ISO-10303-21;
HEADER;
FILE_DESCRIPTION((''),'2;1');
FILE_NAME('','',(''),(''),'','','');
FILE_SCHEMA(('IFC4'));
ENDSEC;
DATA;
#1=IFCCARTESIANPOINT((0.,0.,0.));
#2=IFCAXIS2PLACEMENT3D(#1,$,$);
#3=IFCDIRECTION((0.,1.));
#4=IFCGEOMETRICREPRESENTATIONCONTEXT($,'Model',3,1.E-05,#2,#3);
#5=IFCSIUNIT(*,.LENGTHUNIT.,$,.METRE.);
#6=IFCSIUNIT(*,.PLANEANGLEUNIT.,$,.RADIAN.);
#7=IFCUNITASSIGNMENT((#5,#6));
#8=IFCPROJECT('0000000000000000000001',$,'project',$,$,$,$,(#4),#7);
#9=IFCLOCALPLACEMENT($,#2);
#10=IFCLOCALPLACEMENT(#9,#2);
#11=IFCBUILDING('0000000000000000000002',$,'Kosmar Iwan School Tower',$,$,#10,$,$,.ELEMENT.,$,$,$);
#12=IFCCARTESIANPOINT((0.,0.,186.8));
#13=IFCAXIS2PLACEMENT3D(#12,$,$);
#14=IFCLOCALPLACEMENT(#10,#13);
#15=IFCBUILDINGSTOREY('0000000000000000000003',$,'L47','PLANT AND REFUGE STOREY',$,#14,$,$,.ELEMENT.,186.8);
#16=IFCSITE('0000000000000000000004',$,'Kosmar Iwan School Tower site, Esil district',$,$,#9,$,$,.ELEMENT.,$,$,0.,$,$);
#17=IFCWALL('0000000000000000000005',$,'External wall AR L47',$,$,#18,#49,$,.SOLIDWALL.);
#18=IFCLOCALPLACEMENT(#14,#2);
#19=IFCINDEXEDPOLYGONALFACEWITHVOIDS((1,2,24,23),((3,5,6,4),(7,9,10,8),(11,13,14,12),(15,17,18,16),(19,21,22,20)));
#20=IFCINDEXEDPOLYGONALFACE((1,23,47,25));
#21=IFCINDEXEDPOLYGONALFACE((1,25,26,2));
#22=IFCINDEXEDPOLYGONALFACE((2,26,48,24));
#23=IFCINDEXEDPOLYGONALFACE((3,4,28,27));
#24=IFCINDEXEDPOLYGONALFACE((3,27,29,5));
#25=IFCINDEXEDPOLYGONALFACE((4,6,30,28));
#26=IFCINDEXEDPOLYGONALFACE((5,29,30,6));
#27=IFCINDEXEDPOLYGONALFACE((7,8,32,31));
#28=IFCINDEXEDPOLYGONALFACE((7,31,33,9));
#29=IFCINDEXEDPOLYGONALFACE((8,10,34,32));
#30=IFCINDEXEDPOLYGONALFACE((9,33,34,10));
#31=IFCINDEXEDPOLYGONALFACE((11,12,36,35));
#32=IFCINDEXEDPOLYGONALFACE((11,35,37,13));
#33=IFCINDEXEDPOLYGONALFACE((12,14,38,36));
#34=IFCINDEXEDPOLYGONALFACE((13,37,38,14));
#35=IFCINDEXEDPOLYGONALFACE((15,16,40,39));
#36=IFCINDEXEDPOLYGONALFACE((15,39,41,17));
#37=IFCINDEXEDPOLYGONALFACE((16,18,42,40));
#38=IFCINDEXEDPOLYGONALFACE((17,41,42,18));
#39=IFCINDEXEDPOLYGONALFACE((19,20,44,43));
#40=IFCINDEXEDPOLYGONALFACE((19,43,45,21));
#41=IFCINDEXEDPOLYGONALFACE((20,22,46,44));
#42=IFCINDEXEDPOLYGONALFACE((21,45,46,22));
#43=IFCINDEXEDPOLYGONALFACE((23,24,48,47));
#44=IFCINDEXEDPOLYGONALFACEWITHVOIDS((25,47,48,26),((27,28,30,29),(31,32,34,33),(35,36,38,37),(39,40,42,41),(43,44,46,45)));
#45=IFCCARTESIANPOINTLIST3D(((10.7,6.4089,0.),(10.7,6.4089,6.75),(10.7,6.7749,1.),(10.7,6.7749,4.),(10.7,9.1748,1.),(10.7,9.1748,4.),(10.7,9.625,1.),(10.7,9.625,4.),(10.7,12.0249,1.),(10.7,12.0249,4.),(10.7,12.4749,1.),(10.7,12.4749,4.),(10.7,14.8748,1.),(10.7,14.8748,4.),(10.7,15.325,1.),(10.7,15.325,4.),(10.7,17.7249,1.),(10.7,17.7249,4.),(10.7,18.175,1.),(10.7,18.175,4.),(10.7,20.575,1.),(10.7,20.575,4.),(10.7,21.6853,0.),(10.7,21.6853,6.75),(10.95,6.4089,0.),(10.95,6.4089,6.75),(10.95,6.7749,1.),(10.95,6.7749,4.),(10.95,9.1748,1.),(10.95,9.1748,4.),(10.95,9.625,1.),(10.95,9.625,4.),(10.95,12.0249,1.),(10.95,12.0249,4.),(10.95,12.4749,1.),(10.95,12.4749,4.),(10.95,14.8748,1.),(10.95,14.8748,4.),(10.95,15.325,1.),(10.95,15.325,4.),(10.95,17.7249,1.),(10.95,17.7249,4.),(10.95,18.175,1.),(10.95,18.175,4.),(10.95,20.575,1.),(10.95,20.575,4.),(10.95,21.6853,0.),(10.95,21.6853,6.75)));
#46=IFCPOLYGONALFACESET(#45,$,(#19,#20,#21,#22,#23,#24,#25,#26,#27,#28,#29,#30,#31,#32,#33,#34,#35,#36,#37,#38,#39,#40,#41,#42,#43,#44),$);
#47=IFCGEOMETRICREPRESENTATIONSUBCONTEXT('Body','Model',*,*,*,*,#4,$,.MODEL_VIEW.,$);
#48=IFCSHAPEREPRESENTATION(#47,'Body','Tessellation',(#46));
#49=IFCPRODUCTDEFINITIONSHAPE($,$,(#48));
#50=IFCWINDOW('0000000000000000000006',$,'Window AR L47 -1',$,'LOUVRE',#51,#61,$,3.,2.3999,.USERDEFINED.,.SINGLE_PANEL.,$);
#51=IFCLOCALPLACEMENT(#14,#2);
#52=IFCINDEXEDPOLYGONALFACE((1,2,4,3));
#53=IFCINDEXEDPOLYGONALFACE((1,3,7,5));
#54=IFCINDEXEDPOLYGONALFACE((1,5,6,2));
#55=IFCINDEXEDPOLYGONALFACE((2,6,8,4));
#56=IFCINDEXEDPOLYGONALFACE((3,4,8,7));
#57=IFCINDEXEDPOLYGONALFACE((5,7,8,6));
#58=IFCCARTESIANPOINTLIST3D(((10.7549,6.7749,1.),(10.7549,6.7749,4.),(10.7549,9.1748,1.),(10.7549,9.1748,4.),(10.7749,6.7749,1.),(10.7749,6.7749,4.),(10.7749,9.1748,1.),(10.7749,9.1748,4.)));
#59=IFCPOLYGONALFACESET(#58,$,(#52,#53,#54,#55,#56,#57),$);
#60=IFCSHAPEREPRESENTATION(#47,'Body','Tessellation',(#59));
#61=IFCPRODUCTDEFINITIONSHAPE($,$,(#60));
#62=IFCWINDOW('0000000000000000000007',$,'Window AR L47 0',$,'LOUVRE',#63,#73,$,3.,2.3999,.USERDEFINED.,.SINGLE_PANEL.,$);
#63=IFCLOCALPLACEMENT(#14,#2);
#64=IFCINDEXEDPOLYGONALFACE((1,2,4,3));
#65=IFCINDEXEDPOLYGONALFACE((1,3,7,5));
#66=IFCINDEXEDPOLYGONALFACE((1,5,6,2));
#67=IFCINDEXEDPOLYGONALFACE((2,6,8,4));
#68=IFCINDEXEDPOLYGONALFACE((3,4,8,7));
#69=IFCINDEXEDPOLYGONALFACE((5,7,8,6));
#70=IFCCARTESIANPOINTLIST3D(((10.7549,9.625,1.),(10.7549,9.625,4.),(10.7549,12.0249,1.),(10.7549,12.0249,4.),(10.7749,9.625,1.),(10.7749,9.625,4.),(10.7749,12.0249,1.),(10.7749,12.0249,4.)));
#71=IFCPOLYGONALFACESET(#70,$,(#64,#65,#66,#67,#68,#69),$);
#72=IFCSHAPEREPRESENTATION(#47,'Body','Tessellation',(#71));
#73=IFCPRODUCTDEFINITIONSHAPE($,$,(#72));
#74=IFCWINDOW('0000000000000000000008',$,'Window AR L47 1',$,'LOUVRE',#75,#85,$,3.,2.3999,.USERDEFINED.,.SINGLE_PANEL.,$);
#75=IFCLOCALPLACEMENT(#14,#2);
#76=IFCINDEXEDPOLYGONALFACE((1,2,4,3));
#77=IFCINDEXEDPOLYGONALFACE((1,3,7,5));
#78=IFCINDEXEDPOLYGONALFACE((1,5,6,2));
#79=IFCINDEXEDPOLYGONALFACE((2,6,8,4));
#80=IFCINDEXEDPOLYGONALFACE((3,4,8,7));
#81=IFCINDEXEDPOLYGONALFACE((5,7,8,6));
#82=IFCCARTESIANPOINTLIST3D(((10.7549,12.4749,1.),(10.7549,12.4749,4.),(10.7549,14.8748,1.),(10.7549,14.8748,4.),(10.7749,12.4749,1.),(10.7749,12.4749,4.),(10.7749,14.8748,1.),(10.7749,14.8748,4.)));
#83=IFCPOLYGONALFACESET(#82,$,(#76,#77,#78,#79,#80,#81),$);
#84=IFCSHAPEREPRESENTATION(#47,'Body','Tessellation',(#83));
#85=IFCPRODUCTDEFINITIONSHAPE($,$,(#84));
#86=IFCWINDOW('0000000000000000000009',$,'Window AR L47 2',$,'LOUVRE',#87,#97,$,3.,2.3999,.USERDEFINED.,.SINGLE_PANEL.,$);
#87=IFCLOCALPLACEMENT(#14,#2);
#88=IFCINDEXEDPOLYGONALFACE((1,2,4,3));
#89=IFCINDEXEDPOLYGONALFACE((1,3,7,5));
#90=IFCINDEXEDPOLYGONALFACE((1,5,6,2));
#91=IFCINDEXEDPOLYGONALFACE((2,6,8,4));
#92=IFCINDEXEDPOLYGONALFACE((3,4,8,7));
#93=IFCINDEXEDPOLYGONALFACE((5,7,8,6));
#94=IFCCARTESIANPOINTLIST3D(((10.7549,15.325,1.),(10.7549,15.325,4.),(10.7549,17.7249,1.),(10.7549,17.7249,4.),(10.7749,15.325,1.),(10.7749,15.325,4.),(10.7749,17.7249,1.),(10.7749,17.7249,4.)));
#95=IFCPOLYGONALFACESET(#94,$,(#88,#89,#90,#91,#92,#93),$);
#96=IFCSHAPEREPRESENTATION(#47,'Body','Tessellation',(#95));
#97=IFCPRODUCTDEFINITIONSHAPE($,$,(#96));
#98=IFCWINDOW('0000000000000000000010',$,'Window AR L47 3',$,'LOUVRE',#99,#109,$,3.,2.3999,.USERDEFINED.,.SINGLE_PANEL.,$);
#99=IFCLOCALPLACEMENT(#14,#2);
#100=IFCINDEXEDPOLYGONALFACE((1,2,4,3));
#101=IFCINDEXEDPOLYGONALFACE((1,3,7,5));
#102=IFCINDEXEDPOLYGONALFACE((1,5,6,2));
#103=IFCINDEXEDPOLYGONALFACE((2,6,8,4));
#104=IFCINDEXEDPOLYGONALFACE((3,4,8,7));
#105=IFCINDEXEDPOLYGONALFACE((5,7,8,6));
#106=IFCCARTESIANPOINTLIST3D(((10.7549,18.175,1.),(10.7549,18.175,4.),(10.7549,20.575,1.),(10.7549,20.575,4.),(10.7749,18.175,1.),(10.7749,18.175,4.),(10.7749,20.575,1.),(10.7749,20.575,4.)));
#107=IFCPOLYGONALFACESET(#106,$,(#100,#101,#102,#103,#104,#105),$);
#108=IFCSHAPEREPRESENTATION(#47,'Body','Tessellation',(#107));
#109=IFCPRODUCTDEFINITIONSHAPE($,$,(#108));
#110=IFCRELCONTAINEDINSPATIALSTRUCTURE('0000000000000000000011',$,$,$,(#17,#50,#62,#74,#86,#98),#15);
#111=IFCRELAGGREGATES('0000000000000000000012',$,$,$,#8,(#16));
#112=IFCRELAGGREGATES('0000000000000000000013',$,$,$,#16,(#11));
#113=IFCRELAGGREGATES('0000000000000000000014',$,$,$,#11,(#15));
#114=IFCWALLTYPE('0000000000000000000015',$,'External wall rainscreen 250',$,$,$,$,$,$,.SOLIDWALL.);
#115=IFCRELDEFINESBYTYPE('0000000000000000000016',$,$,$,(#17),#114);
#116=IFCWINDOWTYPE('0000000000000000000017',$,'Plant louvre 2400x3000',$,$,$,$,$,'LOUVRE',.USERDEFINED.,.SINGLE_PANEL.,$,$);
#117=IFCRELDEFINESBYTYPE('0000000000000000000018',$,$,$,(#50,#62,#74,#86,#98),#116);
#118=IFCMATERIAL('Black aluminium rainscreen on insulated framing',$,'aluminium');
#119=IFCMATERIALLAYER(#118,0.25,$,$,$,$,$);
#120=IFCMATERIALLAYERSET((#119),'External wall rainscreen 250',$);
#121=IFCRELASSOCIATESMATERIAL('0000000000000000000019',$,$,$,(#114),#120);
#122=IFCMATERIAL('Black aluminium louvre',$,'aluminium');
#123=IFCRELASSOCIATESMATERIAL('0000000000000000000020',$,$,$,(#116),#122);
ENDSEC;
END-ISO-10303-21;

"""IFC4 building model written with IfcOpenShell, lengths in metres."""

from ifc_helpers import new_model, si_unit, direction, frame, frame_2d, origin, place, context, subcontext, project, spatial, rectangle, extrude, material, layer, layer_set, type_object, element, fill, save


model = new_model("IFC4")

# Units and contexts
model_context = context("Model", 3, precision=1e-05, world=origin(), true_north=direction((0.0, 1.0)))
body_context = subcontext(model_context, "Body", "Model", "MODEL_VIEW")
ifc_project = project(units=[si_unit("LENGTHUNIT", "METRE"), si_unit("PLANEANGLEUNIT", "RADIAN")], contexts=[model_context])

# Site, building, storey
site_placement = place(None, origin())
site = spatial("IfcSite", under=ifc_project, at=site_placement, Name="Kosmar Iwan School Tower site, Esil district", CompositionType="ELEMENT", RefElevation=0.0)
building_placement = place(site_placement, origin())
building = spatial("IfcBuilding", under=site, at=building_placement, Name="Kosmar Iwan School Tower", CompositionType="ELEMENT")
storey_placement = place(building_placement, frame((0.0, 0.0, 186.8)))
storey = spatial("IfcBuildingStorey", under=building, at=storey_placement, Name="L47", Description="PLANT AND REFUGE STOREY", CompositionType="ELEMENT", Elevation=186.8)

# Wall, openings, windows
ifc_material_1 = material(Name="Black aluminium rainscreen on insulated framing", Category="aluminium")
ifc_layer = layer(ifc_material_1, 0.25)
ifc_layer_set = layer_set([ifc_layer], Name="External wall rainscreen 250")
wall_type = type_object("IfcWallType", Name="External wall rainscreen 250", PredefinedType="SOLIDWALL", material=ifc_layer_set)
ifc_material_2 = material(Name="Black aluminium louvre", Category="aluminium")
window_type = type_object("IfcWindowType", Name="Plant louvre 2400x3000", ElementType="LOUVRE", PartitioningType="SINGLE_PANEL", PredefinedType="USERDEFINED", material=ifc_material_2)
wall_1_placement = place(storey_placement, frame((10.825, 6.4089, 0.0), z_axis=(0.0, 0.0, 1.0), x_axis=(0.0, 1.0, 0.0)))
wall_1 = element("IfcWall", 1, at=wall_1_placement, inside=storey, type_object=wall_type, Name="External wall AR L47", PredefinedType="SOLIDWALL", context=body_context, shape_type="SweptSolid", body=[
    extrude(rectangle(XDim=15.2764, YDim=0.25, at=frame_2d((7.6382, 0.0))), origin(), (0.0, 0.0, 1.0), 6.75),
])
opening_1_placement = place(wall_1_placement, frame((0.366, 0.0, 1.0)))
opening_1 = element("IfcOpeningElement", 2, at=opening_1_placement, cuts=wall_1, PredefinedType="OPENING", context=body_context, shape_type="SweptSolid", body=[
    extrude(rectangle(XDim=2.3999, YDim=3.0, at=frame_2d((1.2, 1.5))), frame((0.0, 0.137, 0.0), z_axis=(0.0, -1.0, 0.0), x_axis=(1.0, 0.0, 0.0)), (0.0, 0.0, 1.0), 0.2739),
])
opening_2_placement = place(wall_1_placement, frame((3.2161, 0.0, 1.0)))
opening_2 = element("IfcOpeningElement", 3, at=opening_2_placement, cuts=wall_1, PredefinedType="OPENING", context=body_context, shape_type="SweptSolid", body=[
    extrude(rectangle(XDim=2.3999, YDim=3.0, at=frame_2d((1.2, 1.5))), frame((0.0, 0.137, 0.0), z_axis=(0.0, -1.0, 0.0), x_axis=(1.0, 0.0, 0.0)), (0.0, 0.0, 1.0), 0.2739),
])
opening_3_placement = place(wall_1_placement, frame((6.0659, 0.0, 1.0)))
opening_3 = element("IfcOpeningElement", 4, at=opening_3_placement, cuts=wall_1, PredefinedType="OPENING", context=body_context, shape_type="SweptSolid", body=[
    extrude(rectangle(XDim=2.3999, YDim=3.0, at=frame_2d((1.2, 1.5))), frame((0.0, 0.137, 0.0), z_axis=(0.0, -1.0, 0.0), x_axis=(1.0, 0.0, 0.0)), (0.0, 0.0, 1.0), 0.2739),
])
opening_4_placement = place(wall_1_placement, frame((8.916, 0.0, 1.0)))
opening_4 = element("IfcOpeningElement", 5, at=opening_4_placement, cuts=wall_1, PredefinedType="OPENING", context=body_context, shape_type="SweptSolid", body=[
    extrude(rectangle(XDim=2.3999, YDim=3.0, at=frame_2d((1.2, 1.5))), frame((0.0, 0.137, 0.0), z_axis=(0.0, -1.0, 0.0), x_axis=(1.0, 0.0, 0.0)), (0.0, 0.0, 1.0), 0.2739),
])
opening_5_placement = place(wall_1_placement, frame((11.7661, 0.0, 1.0)))
opening_5 = element("IfcOpeningElement", 6, at=opening_5_placement, cuts=wall_1, PredefinedType="OPENING", context=body_context, shape_type="SweptSolid", body=[
    extrude(rectangle(XDim=2.3999, YDim=3.0, at=frame_2d((1.2, 1.5))), frame((0.0, 0.137, 0.0), z_axis=(0.0, -1.0, 0.0), x_axis=(1.0, 0.0, 0.0)), (0.0, 0.0, 1.0), 0.2739),
])
window_1_placement = place(opening_1_placement, origin())
window_1 = element("IfcWindow", 7, at=window_1_placement, inside=storey, type_object=window_type, Name="Window AR L47 -1", ObjectType="LOUVRE", OverallHeight=3.0, OverallWidth=2.3999, PartitioningType="SINGLE_PANEL", PredefinedType="USERDEFINED", context=body_context, shape_type="SweptSolid", body=[
    extrude(rectangle(XDim=2.3999, YDim=3.0, at=frame_2d((1.2, 1.5))), frame((0.0, 0.0701, 0.0), z_axis=(0.0, -1.0, 0.0), x_axis=(1.0, 0.0, 0.0)), (0.0, 0.0, 1.0), 0.02),
])
fill(opening_1, window_1)
window_2_placement = place(opening_2_placement, origin())
window_2 = element("IfcWindow", 8, at=window_2_placement, inside=storey, type_object=window_type, Name="Window AR L47 0", ObjectType="LOUVRE", OverallHeight=3.0, OverallWidth=2.3999, PartitioningType="SINGLE_PANEL", PredefinedType="USERDEFINED", context=body_context, shape_type="SweptSolid", body=[
    extrude(rectangle(XDim=2.3999, YDim=3.0, at=frame_2d((1.2, 1.5))), frame((0.0, 0.0701, 0.0), z_axis=(0.0, -1.0, 0.0), x_axis=(1.0, 0.0, 0.0)), (0.0, 0.0, 1.0), 0.02),
])
fill(opening_2, window_2)
window_3_placement = place(opening_3_placement, origin())
window_3 = element("IfcWindow", 9, at=window_3_placement, inside=storey, type_object=window_type, Name="Window AR L47 1", ObjectType="LOUVRE", OverallHeight=3.0, OverallWidth=2.3999, PartitioningType="SINGLE_PANEL", PredefinedType="USERDEFINED", context=body_context, shape_type="SweptSolid", body=[
    extrude(rectangle(XDim=2.3999, YDim=3.0, at=frame_2d((1.2, 1.5))), frame((0.0, 0.0701, 0.0), z_axis=(0.0, -1.0, 0.0), x_axis=(1.0, 0.0, 0.0)), (0.0, 0.0, 1.0), 0.02),
])
fill(opening_3, window_3)
window_4_placement = place(opening_4_placement, origin())
window_4 = element("IfcWindow", 10, at=window_4_placement, inside=storey, type_object=window_type, Name="Window AR L47 2", ObjectType="LOUVRE", OverallHeight=3.0, OverallWidth=2.3999, PartitioningType="SINGLE_PANEL", PredefinedType="USERDEFINED", context=body_context, shape_type="SweptSolid", body=[
    extrude(rectangle(XDim=2.3999, YDim=3.0, at=frame_2d((1.2, 1.5))), frame((0.0, 0.0701, 0.0), z_axis=(0.0, -1.0, 0.0), x_axis=(1.0, 0.0, 0.0)), (0.0, 0.0, 1.0), 0.02),
])
fill(opening_4, window_4)
window_5_placement = place(opening_5_placement, origin())
window_5 = element("IfcWindow", 11, at=window_5_placement, inside=storey, type_object=window_type, Name="Window AR L47 3", ObjectType="LOUVRE", OverallHeight=3.0, OverallWidth=2.3999, PartitioningType="SINGLE_PANEL", PredefinedType="USERDEFINED", context=body_context, shape_type="SweptSolid", body=[
    extrude(rectangle(XDim=2.3999, YDim=3.0, at=frame_2d((1.2, 1.5))), frame((0.0, 0.0701, 0.0), z_axis=(0.0, -1.0, 0.0), x_axis=(1.0, 0.0, 0.0)), (0.0, 0.0, 1.0), 0.02),
])
fill(opening_5, window_5)

save(model, "model.ifc")
